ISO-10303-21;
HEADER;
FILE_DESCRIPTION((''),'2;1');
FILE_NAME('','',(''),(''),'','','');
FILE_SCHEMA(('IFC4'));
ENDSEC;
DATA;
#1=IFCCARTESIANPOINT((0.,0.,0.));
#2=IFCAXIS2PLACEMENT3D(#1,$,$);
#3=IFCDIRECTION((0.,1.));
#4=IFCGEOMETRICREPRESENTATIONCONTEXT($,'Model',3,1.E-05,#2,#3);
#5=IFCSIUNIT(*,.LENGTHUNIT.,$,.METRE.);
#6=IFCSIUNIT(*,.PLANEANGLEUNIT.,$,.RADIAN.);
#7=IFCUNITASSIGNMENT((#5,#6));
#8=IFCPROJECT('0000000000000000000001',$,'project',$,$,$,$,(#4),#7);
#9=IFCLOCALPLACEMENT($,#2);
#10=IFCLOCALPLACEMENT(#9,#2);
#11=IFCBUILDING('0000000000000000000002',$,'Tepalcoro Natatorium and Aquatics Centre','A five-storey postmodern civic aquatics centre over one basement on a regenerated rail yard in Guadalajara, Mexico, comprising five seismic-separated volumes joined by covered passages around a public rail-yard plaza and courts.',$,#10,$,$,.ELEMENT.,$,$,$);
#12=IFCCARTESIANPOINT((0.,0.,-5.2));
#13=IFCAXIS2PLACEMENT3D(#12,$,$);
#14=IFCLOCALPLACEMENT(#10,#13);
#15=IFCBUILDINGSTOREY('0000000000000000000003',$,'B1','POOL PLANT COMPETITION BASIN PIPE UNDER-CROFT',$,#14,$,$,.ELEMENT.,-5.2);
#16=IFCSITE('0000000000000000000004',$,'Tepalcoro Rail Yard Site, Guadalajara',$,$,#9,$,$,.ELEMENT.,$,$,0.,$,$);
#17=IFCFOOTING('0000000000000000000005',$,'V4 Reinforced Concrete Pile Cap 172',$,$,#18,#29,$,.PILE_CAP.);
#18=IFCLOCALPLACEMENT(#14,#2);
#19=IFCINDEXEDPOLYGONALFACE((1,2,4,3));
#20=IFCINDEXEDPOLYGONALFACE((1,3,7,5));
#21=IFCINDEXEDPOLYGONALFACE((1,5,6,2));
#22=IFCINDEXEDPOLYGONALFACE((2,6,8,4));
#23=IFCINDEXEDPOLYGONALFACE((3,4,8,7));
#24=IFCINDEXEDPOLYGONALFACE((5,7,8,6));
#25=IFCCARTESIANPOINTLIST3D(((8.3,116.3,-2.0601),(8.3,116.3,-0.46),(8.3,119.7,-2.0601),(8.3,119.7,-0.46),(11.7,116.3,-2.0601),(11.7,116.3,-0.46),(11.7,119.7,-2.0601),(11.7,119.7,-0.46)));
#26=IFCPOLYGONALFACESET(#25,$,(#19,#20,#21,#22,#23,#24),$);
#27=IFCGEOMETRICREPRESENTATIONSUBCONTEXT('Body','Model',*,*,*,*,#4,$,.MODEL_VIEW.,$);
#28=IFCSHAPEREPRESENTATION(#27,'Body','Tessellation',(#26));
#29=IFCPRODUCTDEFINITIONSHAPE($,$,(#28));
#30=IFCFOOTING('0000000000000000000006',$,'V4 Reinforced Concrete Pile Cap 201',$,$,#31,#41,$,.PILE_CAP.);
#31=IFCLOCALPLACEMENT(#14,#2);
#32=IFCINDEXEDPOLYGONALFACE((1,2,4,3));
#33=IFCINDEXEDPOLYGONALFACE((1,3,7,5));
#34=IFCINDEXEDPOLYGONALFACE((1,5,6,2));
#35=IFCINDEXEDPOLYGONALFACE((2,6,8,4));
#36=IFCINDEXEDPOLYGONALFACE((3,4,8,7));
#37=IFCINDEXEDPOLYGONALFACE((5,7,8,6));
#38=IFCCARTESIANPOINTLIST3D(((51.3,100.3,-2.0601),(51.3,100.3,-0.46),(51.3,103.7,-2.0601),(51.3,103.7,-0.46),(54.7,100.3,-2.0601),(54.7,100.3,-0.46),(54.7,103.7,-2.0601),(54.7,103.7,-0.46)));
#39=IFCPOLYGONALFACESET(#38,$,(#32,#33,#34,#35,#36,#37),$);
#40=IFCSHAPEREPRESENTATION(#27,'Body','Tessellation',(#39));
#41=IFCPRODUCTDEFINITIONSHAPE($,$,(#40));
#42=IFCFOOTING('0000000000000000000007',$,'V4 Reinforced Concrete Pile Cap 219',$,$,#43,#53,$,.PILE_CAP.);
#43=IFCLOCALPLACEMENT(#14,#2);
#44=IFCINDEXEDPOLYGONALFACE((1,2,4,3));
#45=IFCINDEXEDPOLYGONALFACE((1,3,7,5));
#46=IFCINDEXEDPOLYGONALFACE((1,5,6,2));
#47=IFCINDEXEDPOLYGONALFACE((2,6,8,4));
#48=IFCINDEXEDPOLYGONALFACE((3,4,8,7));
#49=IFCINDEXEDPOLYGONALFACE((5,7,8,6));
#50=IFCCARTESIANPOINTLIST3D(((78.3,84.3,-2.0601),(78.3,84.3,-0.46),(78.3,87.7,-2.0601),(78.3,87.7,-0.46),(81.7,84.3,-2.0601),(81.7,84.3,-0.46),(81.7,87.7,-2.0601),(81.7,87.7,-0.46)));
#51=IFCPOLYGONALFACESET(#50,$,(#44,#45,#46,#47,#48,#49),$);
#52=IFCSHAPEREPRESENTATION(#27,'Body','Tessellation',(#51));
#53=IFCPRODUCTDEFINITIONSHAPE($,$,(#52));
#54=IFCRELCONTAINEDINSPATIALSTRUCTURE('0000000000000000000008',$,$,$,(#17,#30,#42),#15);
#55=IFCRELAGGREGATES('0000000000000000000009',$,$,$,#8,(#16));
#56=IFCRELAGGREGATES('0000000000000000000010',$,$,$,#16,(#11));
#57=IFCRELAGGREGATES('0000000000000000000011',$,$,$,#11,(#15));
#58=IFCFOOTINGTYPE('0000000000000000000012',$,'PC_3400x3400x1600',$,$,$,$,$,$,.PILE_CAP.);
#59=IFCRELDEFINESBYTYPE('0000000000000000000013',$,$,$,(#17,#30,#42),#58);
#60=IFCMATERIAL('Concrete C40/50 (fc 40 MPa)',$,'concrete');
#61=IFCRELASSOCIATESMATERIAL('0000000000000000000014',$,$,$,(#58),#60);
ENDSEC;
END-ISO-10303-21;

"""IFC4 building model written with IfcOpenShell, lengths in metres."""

from ifc_helpers import new_model, si_unit, direction, frame, origin, place, context, subcontext, project, spatial, polyline, outline, extrude, material, type_object, element, save


model = new_model("IFC4")

# Units and contexts
model_context = context("Model", 3, precision=1e-05, world=origin(), true_north=direction((0.0, 1.0)))
body_context = subcontext(model_context, "Body", "Model", "MODEL_VIEW")
ifc_project = project(units=[si_unit("LENGTHUNIT", "METRE"), si_unit("PLANEANGLEUNIT", "RADIAN")], contexts=[model_context])

# Site, building, storey
site_placement = place(None, origin())
site = spatial("IfcSite", under=ifc_project, at=site_placement, Name="Tepalcoro Rail Yard Site, Guadalajara", CompositionType="ELEMENT", RefElevation=0.0)
building_placement = place(site_placement, origin())
building = spatial("IfcBuilding", under=site, at=building_placement, Name="Tepalcoro Natatorium and Aquatics Centre", Description="A five-storey postmodern civic aquatics centre over one basement on a regenerated rail yard in Guadalajara, Mexico, comprising five seismic-separated volumes joined by covered passages around a public rail-yard plaza and courts.", CompositionType="ELEMENT")
storey_placement = place(building_placement, frame((0.0, 0.0, -5.2)))
storey = spatial("IfcBuildingStorey", under=building, at=storey_placement, Name="B1", Description="POOL PLANT COMPETITION BASIN PIPE UNDER-CROFT", CompositionType="ELEMENT", Elevation=-5.2)

# Footings
ifc_material = material(Name="Concrete C40/50 (fc 40 MPa)", Category="concrete")
footing_type_1 = type_object("IfcFootingType", Name="PC_3400x3400x1600", PredefinedType="PILE_CAP", material=ifc_material)
footing_1_placement = place(storey_placement, frame((0.0, 0.0, -2.0601)))
element("IfcFooting", 1, at=footing_1_placement, inside=storey, type_object=footing_type_1, Name="V4 Reinforced Concrete Pile Cap 172", PredefinedType="PILE_CAP", context=body_context, shape_type="SweptSolid", body=[
    extrude(outline(polyline([(8.3, 116.3), (11.7, 116.3), (11.7, 119.7), (8.3, 119.7), (8.3, 116.3)])), origin(), (0.0, 0.0, 1.0), 1.6001),
])
footing_2_placement = place(storey_placement, frame((0.0, 0.0, -2.0601)))
element("IfcFooting", 2, at=footing_2_placement, inside=storey, type_object=footing_type_1, Name="V4 Reinforced Concrete Pile Cap 201", PredefinedType="PILE_CAP", context=body_context, shape_type="SweptSolid", body=[
    extrude(outline(polyline([(51.3, 100.3), (54.7, 100.3), (54.7, 103.7), (51.3, 103.7), (51.3, 100.3)])), origin(), (0.0, 0.0, 1.0), 1.6001),
])
footing_3_placement = place(storey_placement, frame((0.0, 0.0, -2.0601)))
element("IfcFooting", 3, at=footing_3_placement, inside=storey, type_object=footing_type_1, Name="V4 Reinforced Concrete Pile Cap 219", PredefinedType="PILE_CAP", context=body_context, shape_type="SweptSolid", body=[
    extrude(outline(polyline([(78.3, 84.3), (81.7, 84.3), (81.7, 87.7), (78.3, 87.7), (78.3, 84.3)])), origin(), (0.0, 0.0, 1.0), 1.6001),
])

save(model, "model.ifc")
